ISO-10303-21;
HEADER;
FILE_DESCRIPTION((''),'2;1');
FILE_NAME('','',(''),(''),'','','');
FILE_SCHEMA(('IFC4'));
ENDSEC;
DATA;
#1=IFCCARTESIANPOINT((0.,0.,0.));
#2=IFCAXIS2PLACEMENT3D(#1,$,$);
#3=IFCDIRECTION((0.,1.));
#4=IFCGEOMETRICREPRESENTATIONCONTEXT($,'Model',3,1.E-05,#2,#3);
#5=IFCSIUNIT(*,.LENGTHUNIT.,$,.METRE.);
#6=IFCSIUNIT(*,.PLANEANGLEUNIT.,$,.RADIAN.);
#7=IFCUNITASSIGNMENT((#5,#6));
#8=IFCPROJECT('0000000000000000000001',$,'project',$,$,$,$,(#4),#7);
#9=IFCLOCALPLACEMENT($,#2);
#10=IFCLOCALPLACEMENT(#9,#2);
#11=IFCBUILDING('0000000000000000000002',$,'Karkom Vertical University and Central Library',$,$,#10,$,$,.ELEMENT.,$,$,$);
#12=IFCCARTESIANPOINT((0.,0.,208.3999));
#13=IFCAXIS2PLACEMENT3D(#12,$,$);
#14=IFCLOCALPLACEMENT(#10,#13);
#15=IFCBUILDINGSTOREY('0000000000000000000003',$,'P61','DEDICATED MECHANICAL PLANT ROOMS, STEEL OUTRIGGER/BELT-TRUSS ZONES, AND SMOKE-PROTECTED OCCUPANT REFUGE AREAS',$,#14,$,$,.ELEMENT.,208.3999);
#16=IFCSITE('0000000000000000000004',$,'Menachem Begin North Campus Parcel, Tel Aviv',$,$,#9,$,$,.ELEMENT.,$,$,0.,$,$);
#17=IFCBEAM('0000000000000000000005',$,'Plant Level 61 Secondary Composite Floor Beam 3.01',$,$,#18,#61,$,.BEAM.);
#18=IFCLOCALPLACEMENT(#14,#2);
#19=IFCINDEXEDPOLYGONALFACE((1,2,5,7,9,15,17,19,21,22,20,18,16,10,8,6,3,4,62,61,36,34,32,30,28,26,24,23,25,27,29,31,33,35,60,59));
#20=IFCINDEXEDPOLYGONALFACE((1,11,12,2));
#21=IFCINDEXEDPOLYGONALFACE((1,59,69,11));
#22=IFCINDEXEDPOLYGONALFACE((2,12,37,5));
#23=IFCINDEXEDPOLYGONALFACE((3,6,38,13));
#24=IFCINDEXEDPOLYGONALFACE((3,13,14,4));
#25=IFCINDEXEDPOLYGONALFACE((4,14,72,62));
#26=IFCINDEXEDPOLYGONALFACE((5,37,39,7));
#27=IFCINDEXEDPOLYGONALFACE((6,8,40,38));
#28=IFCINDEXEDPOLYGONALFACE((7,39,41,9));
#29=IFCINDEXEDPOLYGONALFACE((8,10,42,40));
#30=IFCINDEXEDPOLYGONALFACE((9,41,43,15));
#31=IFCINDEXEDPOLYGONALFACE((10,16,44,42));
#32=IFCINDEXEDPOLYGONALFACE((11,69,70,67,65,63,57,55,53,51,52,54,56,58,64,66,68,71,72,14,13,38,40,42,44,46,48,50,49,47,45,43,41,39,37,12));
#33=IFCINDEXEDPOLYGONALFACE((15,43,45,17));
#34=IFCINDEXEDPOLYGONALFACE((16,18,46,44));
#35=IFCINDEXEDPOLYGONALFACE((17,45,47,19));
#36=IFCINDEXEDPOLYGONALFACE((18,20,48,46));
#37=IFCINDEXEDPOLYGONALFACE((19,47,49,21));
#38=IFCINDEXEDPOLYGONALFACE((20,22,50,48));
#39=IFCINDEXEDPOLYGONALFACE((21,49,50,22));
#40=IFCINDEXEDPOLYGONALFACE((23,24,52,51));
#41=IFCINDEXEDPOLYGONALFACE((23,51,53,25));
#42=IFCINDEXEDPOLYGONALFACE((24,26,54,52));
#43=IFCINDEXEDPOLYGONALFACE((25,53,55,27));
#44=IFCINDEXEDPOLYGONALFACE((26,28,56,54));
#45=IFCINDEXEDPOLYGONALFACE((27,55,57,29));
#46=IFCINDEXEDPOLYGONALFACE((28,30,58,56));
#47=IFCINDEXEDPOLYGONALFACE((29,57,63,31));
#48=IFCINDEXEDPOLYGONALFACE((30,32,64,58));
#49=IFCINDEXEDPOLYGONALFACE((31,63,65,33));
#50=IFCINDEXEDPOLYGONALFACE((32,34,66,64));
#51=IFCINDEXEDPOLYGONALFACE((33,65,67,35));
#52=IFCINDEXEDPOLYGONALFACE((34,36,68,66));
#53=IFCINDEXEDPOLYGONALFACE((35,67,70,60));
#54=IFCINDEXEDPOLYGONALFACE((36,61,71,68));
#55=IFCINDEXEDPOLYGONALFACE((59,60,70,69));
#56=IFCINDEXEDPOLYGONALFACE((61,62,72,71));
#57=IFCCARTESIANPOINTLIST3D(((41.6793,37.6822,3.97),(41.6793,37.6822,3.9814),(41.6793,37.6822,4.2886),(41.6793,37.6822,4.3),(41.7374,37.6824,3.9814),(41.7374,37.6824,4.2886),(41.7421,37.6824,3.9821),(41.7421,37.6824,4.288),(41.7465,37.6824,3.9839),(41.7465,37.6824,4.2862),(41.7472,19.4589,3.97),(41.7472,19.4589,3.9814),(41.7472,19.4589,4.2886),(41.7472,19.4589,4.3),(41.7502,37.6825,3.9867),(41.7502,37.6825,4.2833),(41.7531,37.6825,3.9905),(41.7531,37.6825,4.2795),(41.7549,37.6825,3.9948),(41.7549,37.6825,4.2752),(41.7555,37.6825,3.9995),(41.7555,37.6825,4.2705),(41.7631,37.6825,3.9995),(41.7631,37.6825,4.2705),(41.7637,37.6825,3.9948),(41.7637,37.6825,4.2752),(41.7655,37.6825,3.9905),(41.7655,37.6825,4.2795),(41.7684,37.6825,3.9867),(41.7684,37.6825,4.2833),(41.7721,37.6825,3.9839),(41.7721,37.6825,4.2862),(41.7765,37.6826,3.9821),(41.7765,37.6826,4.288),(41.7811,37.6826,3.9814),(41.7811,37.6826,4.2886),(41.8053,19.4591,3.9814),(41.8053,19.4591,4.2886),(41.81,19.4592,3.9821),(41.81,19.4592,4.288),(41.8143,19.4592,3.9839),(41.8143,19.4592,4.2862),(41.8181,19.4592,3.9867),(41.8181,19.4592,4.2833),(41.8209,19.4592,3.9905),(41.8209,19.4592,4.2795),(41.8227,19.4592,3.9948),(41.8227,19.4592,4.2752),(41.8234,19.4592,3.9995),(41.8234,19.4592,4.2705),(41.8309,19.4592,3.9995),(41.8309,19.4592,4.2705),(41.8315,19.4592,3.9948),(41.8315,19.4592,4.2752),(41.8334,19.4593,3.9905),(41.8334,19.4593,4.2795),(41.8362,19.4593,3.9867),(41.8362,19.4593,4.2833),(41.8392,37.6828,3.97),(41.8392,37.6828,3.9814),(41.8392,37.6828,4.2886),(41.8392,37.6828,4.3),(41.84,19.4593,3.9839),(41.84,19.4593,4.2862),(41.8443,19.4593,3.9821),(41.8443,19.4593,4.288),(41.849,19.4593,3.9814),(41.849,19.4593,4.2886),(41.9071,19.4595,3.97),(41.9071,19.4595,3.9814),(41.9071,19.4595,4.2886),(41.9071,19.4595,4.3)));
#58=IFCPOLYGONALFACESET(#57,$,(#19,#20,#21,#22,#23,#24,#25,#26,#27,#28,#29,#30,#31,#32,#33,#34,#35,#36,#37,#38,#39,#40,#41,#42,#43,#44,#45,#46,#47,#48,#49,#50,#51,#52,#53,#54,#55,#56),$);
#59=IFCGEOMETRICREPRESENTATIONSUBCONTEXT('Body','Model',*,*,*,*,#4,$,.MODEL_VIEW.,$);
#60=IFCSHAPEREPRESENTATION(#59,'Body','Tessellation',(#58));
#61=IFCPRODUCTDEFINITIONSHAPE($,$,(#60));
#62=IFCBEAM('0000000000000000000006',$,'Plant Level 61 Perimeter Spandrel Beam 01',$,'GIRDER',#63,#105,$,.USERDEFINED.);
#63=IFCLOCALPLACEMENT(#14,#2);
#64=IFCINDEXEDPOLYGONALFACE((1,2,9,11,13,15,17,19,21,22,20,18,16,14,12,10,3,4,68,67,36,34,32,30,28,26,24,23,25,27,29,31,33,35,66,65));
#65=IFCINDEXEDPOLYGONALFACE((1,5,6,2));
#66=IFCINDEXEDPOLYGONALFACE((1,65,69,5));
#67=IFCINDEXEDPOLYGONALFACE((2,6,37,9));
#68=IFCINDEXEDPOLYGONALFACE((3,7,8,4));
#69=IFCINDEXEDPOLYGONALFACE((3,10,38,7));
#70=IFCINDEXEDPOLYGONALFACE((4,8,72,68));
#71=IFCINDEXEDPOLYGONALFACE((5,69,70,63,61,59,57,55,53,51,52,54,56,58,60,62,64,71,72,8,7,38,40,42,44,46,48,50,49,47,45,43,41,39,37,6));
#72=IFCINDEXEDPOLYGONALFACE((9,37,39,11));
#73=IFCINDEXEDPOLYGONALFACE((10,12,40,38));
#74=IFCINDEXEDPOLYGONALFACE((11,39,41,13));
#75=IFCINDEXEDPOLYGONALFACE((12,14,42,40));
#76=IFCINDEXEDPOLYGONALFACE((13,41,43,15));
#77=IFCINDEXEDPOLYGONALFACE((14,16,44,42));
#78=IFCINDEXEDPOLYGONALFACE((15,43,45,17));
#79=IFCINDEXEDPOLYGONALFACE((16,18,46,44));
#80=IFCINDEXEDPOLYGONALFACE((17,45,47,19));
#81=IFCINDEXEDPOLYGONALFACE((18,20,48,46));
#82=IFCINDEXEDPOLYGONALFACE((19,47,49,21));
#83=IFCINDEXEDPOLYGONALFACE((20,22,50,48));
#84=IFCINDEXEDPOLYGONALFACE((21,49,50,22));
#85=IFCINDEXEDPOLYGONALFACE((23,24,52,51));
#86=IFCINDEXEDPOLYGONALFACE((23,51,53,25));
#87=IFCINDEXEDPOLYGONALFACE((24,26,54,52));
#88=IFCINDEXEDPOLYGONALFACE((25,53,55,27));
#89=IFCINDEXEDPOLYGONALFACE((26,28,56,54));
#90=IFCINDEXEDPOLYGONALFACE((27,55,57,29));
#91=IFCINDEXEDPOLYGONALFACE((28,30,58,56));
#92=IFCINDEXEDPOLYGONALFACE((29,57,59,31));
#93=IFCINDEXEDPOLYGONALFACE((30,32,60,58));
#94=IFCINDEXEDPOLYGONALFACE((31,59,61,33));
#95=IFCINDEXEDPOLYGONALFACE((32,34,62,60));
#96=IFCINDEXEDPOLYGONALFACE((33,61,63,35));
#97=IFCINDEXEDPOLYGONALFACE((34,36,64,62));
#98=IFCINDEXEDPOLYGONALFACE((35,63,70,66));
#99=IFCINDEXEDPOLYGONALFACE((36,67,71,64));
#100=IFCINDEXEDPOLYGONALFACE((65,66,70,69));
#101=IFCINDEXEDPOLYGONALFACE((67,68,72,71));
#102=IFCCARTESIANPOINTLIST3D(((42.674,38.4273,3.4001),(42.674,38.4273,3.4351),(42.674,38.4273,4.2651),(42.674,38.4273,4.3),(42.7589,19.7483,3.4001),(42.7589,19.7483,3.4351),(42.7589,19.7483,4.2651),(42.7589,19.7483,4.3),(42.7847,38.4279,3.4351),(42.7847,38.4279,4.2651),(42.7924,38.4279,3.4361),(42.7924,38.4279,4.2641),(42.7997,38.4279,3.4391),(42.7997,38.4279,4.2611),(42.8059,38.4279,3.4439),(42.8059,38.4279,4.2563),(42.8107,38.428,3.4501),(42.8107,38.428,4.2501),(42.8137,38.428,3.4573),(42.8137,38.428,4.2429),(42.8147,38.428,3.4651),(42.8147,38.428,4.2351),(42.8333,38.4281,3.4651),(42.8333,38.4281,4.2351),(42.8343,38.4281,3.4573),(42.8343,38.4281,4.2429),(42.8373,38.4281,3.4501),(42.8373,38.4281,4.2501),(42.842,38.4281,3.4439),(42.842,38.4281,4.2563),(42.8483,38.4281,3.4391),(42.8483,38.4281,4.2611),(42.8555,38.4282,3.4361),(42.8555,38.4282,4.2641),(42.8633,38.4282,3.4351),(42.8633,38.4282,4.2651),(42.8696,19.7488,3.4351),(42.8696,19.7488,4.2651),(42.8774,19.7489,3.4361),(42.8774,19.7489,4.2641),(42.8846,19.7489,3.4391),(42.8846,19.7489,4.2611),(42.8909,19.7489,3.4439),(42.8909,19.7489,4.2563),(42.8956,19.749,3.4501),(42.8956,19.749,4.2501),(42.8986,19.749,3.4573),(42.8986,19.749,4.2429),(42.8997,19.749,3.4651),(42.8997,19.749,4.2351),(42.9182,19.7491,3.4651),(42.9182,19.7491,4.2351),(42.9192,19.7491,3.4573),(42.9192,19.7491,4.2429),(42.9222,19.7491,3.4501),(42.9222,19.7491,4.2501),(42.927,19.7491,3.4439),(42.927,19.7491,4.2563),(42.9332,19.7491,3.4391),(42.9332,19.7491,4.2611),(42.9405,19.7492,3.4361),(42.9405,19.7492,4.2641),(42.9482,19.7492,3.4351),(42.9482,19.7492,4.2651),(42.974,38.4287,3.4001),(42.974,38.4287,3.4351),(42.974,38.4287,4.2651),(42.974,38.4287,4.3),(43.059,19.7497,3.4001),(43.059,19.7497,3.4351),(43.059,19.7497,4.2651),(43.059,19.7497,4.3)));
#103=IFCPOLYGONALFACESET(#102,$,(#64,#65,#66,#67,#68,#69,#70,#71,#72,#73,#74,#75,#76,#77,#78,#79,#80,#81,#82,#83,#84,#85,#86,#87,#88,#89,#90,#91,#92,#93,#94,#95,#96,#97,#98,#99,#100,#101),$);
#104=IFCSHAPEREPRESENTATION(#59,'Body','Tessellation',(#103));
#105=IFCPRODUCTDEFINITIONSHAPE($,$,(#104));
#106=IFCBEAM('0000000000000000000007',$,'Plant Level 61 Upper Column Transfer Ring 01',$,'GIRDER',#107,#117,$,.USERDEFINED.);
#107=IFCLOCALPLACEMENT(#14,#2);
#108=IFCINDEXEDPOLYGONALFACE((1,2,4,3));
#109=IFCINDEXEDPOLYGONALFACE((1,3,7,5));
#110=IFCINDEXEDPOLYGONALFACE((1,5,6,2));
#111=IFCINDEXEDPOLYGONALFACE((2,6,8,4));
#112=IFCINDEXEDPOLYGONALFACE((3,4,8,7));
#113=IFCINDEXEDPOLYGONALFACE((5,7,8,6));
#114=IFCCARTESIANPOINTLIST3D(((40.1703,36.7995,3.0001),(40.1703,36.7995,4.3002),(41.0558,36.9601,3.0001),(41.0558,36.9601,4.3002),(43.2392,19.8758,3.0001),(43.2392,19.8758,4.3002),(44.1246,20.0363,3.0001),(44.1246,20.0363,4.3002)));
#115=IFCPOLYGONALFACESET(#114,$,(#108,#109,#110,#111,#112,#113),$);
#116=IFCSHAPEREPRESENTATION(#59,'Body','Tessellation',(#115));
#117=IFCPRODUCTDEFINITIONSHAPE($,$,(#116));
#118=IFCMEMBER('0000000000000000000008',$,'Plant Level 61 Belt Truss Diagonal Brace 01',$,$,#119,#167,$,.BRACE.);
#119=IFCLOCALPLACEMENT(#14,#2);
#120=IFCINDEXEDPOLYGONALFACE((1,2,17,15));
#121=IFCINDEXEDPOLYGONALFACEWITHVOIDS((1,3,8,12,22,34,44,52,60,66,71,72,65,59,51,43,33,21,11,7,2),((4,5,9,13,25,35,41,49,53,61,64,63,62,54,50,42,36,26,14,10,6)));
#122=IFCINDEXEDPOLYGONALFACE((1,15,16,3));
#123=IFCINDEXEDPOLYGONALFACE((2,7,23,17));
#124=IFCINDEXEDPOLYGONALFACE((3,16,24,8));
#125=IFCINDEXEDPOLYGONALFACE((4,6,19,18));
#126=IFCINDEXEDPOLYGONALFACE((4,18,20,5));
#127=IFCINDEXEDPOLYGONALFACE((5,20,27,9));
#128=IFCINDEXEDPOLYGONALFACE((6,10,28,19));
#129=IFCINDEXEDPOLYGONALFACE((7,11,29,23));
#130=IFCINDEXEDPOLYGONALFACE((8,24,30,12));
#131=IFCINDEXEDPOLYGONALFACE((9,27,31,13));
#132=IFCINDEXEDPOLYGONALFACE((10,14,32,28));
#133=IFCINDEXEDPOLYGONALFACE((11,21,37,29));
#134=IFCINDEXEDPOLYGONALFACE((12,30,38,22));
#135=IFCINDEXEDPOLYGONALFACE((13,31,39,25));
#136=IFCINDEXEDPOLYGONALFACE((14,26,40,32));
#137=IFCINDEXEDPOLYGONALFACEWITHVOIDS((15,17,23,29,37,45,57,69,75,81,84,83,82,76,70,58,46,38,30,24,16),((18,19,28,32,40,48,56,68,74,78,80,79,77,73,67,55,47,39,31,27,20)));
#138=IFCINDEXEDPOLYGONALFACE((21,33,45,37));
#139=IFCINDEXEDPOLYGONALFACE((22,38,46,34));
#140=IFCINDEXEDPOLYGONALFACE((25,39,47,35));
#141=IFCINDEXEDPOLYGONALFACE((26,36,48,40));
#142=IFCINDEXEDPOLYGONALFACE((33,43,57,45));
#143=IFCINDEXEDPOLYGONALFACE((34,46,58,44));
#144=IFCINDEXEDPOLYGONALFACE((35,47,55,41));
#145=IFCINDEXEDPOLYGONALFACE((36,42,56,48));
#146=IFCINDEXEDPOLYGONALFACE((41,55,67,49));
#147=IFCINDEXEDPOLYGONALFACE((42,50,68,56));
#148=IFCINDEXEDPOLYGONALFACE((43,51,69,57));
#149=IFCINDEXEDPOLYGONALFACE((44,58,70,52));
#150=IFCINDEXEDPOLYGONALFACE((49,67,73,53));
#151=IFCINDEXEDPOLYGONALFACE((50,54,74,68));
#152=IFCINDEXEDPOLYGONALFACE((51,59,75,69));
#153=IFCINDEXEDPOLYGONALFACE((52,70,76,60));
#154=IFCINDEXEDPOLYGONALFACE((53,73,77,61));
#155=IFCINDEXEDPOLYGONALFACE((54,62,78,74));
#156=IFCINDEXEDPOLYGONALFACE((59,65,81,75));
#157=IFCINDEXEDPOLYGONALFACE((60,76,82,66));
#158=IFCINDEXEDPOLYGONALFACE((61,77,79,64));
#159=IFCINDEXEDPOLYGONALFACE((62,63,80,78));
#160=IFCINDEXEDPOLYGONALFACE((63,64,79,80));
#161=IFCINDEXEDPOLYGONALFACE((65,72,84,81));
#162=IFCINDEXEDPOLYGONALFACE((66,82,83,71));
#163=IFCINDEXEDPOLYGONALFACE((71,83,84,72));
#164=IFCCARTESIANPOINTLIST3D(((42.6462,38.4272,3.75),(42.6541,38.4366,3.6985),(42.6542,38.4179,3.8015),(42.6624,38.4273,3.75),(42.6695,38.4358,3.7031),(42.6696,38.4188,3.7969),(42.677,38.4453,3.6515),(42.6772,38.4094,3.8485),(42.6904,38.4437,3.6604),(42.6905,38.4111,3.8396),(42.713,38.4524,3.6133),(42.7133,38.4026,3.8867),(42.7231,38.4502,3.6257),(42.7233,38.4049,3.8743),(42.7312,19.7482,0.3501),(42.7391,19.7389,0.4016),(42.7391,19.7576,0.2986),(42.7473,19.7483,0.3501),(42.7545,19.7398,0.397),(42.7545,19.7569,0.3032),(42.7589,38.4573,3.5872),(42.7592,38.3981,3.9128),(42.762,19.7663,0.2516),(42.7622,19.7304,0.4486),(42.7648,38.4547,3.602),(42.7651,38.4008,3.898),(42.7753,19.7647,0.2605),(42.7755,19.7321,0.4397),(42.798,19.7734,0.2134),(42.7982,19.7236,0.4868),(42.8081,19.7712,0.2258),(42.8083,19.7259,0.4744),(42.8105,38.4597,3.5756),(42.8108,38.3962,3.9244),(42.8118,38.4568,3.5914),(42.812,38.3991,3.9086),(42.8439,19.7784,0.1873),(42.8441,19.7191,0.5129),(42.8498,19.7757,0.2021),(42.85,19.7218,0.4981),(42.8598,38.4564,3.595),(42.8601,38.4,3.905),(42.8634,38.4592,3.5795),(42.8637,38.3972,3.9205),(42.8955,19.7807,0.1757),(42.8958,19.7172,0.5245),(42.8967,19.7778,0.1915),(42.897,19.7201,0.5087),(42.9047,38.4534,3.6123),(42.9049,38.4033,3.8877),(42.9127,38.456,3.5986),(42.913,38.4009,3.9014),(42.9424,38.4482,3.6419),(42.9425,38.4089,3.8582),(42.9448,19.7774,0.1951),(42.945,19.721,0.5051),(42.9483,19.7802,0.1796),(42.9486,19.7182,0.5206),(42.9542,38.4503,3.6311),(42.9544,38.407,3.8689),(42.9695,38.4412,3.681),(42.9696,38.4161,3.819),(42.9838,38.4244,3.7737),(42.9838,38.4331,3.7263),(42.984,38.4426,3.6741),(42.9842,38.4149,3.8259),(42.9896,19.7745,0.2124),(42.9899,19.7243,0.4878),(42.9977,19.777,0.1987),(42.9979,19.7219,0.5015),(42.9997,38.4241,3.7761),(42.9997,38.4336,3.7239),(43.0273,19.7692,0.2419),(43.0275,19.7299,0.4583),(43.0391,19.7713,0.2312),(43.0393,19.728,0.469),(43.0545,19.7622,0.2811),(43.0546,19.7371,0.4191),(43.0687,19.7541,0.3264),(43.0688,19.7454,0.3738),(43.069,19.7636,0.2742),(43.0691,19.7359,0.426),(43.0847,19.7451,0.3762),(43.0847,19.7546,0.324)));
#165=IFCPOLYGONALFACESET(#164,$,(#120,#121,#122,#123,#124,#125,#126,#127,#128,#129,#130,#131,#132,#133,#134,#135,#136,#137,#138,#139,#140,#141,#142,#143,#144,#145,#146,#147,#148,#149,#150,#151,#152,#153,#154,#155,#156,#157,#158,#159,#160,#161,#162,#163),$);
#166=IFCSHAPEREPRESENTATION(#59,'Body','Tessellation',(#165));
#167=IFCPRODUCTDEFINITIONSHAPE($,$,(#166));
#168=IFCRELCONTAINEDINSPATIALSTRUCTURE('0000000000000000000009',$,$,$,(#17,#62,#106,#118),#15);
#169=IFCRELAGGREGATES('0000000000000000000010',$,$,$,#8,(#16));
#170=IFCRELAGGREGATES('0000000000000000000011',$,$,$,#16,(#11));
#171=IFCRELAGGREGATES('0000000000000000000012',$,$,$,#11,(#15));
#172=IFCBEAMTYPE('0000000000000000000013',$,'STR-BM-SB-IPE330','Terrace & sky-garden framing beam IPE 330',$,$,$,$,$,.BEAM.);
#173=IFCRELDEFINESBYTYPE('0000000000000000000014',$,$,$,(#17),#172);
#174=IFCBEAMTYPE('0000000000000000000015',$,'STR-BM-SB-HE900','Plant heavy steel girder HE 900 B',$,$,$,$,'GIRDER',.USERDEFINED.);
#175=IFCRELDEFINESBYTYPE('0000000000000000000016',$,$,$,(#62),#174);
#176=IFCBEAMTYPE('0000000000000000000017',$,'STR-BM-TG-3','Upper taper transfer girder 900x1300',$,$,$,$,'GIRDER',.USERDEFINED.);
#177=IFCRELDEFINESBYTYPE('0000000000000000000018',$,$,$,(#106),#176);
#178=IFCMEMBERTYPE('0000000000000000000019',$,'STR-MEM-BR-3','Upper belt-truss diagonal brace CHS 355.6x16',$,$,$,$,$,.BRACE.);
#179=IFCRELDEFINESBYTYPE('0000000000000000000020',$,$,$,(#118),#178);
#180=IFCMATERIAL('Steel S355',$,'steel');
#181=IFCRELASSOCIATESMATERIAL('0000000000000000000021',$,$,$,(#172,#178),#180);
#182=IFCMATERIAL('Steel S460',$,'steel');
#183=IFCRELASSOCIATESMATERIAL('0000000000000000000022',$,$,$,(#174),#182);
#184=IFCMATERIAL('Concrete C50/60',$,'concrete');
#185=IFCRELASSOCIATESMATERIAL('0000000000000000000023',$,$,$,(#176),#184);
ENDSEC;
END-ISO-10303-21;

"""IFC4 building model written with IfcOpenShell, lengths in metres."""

from ifc_helpers import new_model, si_unit, direction, frame, origin, origin_with_axes, origin_2d, place, context, subcontext, project, spatial, rectangle, hollow_circle, i_section, extrude, source, transform, mapped, material, material_profile, profile_set, type_object, element, save


model = new_model("IFC4")

# Units and contexts
model_context = context("Model", 3, precision=1e-05, world=origin(), true_north=direction((0.0, 1.0)))
body_context = subcontext(model_context, "Body", "Model", "MODEL_VIEW")
ifc_project = project(units=[si_unit("LENGTHUNIT", "METRE"), si_unit("PLANEANGLEUNIT", "RADIAN")], contexts=[model_context])

# Site, building, storey
site_placement = place(None, origin())
site = spatial("IfcSite", under=ifc_project, at=site_placement, Name="Menachem Begin North Campus Parcel, Tel Aviv", CompositionType="ELEMENT", RefElevation=0.0)
building_placement = place(site_placement, origin())
building = spatial("IfcBuilding", under=site, at=building_placement, Name="Karkom Vertical University and Central Library", CompositionType="ELEMENT")
storey_placement = place(building_placement, frame((0.0, 0.0, 208.3999)))
storey = spatial("IfcBuildingStorey", under=building, at=storey_placement, Name="P61", Description="DEDICATED MECHANICAL PLANT ROOMS, STEEL OUTRIGGER/BELT-TRUSS ZONES, AND SMOKE-PROTECTED OCCUPANT REFUGE AREAS", CompositionType="ELEMENT", Elevation=208.3999)

# Shared definitions
ifc_material_1 = material(Name="Concrete C50/60", Category="concrete")

# Beams
ifc_material_2 = material(Name="Steel S355", Category="steel")
ifc_material_profile_1 = material_profile(ifc_material_2, i_section(OverallWidth=0.1599, OverallDepth=0.3301, WebThickness=0.0076, FlangeThickness=0.0115, FilletRadius=0.0181, at=origin_2d()), Name="IPE 330")
ifc_profile_set_1 = profile_set([ifc_material_profile_1], Name="Steel S355")
beam_type_1 = type_object("IfcBeamType", Name="STR-BM-SB-IPE330", Description="Terrace & sky-garden framing beam IPE 330", PredefinedType="BEAM", material=ifc_profile_set_1)
shared_shape_1 = source(origin_with_axes(), body_context, "Body", "SweptSolid", [
    extrude(i_section(OverallWidth=0.1599, OverallDepth=0.3301, WebThickness=0.0076, FlangeThickness=0.0115, FilletRadius=0.0181, at=origin_2d()), origin(), (0.0, 0.0, 1.0), 18.2234),
])
beam_1_placement = place(storey_placement, frame((41.8271, 19.4592, 4.135), z_axis=(-0.003724, 0.999993, 0.0), x_axis=(-0.999993, -0.003724, 0.0)))
element("IfcBeam", 1, at=beam_1_placement, inside=storey, type_object=beam_type_1, Name="Plant Level 61 Secondary Composite Floor Beam 3.01", PredefinedType="BEAM", context=body_context, shape_type="MappedRepresentation", body=[
    mapped(shared_shape_1, transform((0.0, 0.0, 0.0), scale=1.0)),
])
ifc_material_3 = material(Name="Steel S460", Category="steel")
ifc_material_profile_2 = material_profile(ifc_material_3, i_section(OverallWidth=0.3, OverallDepth=0.8999, WebThickness=0.0186, FlangeThickness=0.0349, FilletRadius=0.03, at=origin_2d()), Name="HE 900 B")
ifc_profile_set_2 = profile_set([ifc_material_profile_2], Name="Steel S460")
beam_type_2 = type_object("IfcBeamType", Name="STR-BM-SB-HE900", Description="Plant heavy steel girder HE 900 B", ElementType="GIRDER", PredefinedType="USERDEFINED", material=ifc_profile_set_2)
shared_shape_2 = source(origin_with_axes(), body_context, "Body", "SweptSolid", [
    extrude(i_section(OverallWidth=0.3, OverallDepth=0.8999, WebThickness=0.0186, FlangeThickness=0.0349, FilletRadius=0.03, at=origin_2d()), origin(), (0.0, 0.0, 1.0), 18.6792),
])
beam_2_placement = place(storey_placement, frame((42.9089, 19.749, 3.8501), z_axis=(-0.004548, 0.99999, 0.0), x_axis=(-0.99999, -0.004548, 0.0)))
element("IfcBeam", 2, at=beam_2_placement, inside=storey, type_object=beam_type_2, Name="Plant Level 61 Perimeter Spandrel Beam 01", ObjectType="GIRDER", PredefinedType="USERDEFINED", context=body_context, shape_type="MappedRepresentation", body=[
    mapped(shared_shape_2, transform((0.0, 0.0, 0.0), scale=1.0)),
])
ifc_material_profile_3 = material_profile(ifc_material_1, rectangle(XDim=0.8999, YDim=1.3, at=origin_2d()), Name="TG-900x1300")
ifc_profile_set_3 = profile_set([ifc_material_profile_3], Name="Concrete C50/60")
beam_type_3 = type_object("IfcBeamType", Name="STR-BM-TG-3", Description="Upper taper transfer girder 900x1300", ElementType="GIRDER", PredefinedType="USERDEFINED", material=ifc_profile_set_3)
shared_shape_3 = source(origin_with_axes(), body_context, "Body", "SweptSolid", [
    extrude(rectangle(XDim=0.8999, YDim=1.3, at=origin_2d()), origin(), (0.0, 0.0, 1.0), 17.1997),
])
beam_3_placement = place(storey_placement, frame((43.6819, 19.9561, 3.6501), z_axis=(-0.178423, 0.983954, 0.0), x_axis=(-0.983954, -0.178423, 0.0)))
element("IfcBeam", 3, at=beam_3_placement, inside=storey, type_object=beam_type_3, Name="Plant Level 61 Upper Column Transfer Ring 01", ObjectType="GIRDER", PredefinedType="USERDEFINED", context=body_context, shape_type="MappedRepresentation", body=[
    mapped(shared_shape_3, transform((0.0, 0.0, 0.0), scale=1.0)),
])

# Member
ifc_material_profile_4 = material_profile(ifc_material_2, hollow_circle(Radius=0.1777, WallThickness=0.0161, at=origin_2d()), Name="CHS 355.6x16")
ifc_profile_set_4 = profile_set([ifc_material_profile_4], Name="Steel S355")
member_type_1 = type_object("IfcMemberType", Name="STR-MEM-BR-3", Description="Upper belt-truss diagonal brace CHS 355.6x16", PredefinedType="BRACE", material=ifc_profile_set_4)
shared_shape_4 = source(origin_with_axes(), body_context, "Body", "SweptSolid", [
    extrude(hollow_circle(Radius=0.1777, WallThickness=0.0161, at=origin_2d()), origin(), (0.0, 0.0, 1.0), 18.9861),
])
member_1_placement = place(storey_placement, frame((42.9089, 19.749, 0.3501), z_axis=(-0.004475, 0.983825, 0.179074), x_axis=(-0.99999, -0.004548, 0.0)))
element("IfcMember", 4, at=member_1_placement, inside=storey, type_object=member_type_1, Name="Plant Level 61 Belt Truss Diagonal Brace 01", PredefinedType="BRACE", context=body_context, shape_type="MappedRepresentation", body=[
    mapped(shared_shape_4, transform((0.0, 0.0, 0.0), scale=1.0)),
])

save(model, "model.ifc")
